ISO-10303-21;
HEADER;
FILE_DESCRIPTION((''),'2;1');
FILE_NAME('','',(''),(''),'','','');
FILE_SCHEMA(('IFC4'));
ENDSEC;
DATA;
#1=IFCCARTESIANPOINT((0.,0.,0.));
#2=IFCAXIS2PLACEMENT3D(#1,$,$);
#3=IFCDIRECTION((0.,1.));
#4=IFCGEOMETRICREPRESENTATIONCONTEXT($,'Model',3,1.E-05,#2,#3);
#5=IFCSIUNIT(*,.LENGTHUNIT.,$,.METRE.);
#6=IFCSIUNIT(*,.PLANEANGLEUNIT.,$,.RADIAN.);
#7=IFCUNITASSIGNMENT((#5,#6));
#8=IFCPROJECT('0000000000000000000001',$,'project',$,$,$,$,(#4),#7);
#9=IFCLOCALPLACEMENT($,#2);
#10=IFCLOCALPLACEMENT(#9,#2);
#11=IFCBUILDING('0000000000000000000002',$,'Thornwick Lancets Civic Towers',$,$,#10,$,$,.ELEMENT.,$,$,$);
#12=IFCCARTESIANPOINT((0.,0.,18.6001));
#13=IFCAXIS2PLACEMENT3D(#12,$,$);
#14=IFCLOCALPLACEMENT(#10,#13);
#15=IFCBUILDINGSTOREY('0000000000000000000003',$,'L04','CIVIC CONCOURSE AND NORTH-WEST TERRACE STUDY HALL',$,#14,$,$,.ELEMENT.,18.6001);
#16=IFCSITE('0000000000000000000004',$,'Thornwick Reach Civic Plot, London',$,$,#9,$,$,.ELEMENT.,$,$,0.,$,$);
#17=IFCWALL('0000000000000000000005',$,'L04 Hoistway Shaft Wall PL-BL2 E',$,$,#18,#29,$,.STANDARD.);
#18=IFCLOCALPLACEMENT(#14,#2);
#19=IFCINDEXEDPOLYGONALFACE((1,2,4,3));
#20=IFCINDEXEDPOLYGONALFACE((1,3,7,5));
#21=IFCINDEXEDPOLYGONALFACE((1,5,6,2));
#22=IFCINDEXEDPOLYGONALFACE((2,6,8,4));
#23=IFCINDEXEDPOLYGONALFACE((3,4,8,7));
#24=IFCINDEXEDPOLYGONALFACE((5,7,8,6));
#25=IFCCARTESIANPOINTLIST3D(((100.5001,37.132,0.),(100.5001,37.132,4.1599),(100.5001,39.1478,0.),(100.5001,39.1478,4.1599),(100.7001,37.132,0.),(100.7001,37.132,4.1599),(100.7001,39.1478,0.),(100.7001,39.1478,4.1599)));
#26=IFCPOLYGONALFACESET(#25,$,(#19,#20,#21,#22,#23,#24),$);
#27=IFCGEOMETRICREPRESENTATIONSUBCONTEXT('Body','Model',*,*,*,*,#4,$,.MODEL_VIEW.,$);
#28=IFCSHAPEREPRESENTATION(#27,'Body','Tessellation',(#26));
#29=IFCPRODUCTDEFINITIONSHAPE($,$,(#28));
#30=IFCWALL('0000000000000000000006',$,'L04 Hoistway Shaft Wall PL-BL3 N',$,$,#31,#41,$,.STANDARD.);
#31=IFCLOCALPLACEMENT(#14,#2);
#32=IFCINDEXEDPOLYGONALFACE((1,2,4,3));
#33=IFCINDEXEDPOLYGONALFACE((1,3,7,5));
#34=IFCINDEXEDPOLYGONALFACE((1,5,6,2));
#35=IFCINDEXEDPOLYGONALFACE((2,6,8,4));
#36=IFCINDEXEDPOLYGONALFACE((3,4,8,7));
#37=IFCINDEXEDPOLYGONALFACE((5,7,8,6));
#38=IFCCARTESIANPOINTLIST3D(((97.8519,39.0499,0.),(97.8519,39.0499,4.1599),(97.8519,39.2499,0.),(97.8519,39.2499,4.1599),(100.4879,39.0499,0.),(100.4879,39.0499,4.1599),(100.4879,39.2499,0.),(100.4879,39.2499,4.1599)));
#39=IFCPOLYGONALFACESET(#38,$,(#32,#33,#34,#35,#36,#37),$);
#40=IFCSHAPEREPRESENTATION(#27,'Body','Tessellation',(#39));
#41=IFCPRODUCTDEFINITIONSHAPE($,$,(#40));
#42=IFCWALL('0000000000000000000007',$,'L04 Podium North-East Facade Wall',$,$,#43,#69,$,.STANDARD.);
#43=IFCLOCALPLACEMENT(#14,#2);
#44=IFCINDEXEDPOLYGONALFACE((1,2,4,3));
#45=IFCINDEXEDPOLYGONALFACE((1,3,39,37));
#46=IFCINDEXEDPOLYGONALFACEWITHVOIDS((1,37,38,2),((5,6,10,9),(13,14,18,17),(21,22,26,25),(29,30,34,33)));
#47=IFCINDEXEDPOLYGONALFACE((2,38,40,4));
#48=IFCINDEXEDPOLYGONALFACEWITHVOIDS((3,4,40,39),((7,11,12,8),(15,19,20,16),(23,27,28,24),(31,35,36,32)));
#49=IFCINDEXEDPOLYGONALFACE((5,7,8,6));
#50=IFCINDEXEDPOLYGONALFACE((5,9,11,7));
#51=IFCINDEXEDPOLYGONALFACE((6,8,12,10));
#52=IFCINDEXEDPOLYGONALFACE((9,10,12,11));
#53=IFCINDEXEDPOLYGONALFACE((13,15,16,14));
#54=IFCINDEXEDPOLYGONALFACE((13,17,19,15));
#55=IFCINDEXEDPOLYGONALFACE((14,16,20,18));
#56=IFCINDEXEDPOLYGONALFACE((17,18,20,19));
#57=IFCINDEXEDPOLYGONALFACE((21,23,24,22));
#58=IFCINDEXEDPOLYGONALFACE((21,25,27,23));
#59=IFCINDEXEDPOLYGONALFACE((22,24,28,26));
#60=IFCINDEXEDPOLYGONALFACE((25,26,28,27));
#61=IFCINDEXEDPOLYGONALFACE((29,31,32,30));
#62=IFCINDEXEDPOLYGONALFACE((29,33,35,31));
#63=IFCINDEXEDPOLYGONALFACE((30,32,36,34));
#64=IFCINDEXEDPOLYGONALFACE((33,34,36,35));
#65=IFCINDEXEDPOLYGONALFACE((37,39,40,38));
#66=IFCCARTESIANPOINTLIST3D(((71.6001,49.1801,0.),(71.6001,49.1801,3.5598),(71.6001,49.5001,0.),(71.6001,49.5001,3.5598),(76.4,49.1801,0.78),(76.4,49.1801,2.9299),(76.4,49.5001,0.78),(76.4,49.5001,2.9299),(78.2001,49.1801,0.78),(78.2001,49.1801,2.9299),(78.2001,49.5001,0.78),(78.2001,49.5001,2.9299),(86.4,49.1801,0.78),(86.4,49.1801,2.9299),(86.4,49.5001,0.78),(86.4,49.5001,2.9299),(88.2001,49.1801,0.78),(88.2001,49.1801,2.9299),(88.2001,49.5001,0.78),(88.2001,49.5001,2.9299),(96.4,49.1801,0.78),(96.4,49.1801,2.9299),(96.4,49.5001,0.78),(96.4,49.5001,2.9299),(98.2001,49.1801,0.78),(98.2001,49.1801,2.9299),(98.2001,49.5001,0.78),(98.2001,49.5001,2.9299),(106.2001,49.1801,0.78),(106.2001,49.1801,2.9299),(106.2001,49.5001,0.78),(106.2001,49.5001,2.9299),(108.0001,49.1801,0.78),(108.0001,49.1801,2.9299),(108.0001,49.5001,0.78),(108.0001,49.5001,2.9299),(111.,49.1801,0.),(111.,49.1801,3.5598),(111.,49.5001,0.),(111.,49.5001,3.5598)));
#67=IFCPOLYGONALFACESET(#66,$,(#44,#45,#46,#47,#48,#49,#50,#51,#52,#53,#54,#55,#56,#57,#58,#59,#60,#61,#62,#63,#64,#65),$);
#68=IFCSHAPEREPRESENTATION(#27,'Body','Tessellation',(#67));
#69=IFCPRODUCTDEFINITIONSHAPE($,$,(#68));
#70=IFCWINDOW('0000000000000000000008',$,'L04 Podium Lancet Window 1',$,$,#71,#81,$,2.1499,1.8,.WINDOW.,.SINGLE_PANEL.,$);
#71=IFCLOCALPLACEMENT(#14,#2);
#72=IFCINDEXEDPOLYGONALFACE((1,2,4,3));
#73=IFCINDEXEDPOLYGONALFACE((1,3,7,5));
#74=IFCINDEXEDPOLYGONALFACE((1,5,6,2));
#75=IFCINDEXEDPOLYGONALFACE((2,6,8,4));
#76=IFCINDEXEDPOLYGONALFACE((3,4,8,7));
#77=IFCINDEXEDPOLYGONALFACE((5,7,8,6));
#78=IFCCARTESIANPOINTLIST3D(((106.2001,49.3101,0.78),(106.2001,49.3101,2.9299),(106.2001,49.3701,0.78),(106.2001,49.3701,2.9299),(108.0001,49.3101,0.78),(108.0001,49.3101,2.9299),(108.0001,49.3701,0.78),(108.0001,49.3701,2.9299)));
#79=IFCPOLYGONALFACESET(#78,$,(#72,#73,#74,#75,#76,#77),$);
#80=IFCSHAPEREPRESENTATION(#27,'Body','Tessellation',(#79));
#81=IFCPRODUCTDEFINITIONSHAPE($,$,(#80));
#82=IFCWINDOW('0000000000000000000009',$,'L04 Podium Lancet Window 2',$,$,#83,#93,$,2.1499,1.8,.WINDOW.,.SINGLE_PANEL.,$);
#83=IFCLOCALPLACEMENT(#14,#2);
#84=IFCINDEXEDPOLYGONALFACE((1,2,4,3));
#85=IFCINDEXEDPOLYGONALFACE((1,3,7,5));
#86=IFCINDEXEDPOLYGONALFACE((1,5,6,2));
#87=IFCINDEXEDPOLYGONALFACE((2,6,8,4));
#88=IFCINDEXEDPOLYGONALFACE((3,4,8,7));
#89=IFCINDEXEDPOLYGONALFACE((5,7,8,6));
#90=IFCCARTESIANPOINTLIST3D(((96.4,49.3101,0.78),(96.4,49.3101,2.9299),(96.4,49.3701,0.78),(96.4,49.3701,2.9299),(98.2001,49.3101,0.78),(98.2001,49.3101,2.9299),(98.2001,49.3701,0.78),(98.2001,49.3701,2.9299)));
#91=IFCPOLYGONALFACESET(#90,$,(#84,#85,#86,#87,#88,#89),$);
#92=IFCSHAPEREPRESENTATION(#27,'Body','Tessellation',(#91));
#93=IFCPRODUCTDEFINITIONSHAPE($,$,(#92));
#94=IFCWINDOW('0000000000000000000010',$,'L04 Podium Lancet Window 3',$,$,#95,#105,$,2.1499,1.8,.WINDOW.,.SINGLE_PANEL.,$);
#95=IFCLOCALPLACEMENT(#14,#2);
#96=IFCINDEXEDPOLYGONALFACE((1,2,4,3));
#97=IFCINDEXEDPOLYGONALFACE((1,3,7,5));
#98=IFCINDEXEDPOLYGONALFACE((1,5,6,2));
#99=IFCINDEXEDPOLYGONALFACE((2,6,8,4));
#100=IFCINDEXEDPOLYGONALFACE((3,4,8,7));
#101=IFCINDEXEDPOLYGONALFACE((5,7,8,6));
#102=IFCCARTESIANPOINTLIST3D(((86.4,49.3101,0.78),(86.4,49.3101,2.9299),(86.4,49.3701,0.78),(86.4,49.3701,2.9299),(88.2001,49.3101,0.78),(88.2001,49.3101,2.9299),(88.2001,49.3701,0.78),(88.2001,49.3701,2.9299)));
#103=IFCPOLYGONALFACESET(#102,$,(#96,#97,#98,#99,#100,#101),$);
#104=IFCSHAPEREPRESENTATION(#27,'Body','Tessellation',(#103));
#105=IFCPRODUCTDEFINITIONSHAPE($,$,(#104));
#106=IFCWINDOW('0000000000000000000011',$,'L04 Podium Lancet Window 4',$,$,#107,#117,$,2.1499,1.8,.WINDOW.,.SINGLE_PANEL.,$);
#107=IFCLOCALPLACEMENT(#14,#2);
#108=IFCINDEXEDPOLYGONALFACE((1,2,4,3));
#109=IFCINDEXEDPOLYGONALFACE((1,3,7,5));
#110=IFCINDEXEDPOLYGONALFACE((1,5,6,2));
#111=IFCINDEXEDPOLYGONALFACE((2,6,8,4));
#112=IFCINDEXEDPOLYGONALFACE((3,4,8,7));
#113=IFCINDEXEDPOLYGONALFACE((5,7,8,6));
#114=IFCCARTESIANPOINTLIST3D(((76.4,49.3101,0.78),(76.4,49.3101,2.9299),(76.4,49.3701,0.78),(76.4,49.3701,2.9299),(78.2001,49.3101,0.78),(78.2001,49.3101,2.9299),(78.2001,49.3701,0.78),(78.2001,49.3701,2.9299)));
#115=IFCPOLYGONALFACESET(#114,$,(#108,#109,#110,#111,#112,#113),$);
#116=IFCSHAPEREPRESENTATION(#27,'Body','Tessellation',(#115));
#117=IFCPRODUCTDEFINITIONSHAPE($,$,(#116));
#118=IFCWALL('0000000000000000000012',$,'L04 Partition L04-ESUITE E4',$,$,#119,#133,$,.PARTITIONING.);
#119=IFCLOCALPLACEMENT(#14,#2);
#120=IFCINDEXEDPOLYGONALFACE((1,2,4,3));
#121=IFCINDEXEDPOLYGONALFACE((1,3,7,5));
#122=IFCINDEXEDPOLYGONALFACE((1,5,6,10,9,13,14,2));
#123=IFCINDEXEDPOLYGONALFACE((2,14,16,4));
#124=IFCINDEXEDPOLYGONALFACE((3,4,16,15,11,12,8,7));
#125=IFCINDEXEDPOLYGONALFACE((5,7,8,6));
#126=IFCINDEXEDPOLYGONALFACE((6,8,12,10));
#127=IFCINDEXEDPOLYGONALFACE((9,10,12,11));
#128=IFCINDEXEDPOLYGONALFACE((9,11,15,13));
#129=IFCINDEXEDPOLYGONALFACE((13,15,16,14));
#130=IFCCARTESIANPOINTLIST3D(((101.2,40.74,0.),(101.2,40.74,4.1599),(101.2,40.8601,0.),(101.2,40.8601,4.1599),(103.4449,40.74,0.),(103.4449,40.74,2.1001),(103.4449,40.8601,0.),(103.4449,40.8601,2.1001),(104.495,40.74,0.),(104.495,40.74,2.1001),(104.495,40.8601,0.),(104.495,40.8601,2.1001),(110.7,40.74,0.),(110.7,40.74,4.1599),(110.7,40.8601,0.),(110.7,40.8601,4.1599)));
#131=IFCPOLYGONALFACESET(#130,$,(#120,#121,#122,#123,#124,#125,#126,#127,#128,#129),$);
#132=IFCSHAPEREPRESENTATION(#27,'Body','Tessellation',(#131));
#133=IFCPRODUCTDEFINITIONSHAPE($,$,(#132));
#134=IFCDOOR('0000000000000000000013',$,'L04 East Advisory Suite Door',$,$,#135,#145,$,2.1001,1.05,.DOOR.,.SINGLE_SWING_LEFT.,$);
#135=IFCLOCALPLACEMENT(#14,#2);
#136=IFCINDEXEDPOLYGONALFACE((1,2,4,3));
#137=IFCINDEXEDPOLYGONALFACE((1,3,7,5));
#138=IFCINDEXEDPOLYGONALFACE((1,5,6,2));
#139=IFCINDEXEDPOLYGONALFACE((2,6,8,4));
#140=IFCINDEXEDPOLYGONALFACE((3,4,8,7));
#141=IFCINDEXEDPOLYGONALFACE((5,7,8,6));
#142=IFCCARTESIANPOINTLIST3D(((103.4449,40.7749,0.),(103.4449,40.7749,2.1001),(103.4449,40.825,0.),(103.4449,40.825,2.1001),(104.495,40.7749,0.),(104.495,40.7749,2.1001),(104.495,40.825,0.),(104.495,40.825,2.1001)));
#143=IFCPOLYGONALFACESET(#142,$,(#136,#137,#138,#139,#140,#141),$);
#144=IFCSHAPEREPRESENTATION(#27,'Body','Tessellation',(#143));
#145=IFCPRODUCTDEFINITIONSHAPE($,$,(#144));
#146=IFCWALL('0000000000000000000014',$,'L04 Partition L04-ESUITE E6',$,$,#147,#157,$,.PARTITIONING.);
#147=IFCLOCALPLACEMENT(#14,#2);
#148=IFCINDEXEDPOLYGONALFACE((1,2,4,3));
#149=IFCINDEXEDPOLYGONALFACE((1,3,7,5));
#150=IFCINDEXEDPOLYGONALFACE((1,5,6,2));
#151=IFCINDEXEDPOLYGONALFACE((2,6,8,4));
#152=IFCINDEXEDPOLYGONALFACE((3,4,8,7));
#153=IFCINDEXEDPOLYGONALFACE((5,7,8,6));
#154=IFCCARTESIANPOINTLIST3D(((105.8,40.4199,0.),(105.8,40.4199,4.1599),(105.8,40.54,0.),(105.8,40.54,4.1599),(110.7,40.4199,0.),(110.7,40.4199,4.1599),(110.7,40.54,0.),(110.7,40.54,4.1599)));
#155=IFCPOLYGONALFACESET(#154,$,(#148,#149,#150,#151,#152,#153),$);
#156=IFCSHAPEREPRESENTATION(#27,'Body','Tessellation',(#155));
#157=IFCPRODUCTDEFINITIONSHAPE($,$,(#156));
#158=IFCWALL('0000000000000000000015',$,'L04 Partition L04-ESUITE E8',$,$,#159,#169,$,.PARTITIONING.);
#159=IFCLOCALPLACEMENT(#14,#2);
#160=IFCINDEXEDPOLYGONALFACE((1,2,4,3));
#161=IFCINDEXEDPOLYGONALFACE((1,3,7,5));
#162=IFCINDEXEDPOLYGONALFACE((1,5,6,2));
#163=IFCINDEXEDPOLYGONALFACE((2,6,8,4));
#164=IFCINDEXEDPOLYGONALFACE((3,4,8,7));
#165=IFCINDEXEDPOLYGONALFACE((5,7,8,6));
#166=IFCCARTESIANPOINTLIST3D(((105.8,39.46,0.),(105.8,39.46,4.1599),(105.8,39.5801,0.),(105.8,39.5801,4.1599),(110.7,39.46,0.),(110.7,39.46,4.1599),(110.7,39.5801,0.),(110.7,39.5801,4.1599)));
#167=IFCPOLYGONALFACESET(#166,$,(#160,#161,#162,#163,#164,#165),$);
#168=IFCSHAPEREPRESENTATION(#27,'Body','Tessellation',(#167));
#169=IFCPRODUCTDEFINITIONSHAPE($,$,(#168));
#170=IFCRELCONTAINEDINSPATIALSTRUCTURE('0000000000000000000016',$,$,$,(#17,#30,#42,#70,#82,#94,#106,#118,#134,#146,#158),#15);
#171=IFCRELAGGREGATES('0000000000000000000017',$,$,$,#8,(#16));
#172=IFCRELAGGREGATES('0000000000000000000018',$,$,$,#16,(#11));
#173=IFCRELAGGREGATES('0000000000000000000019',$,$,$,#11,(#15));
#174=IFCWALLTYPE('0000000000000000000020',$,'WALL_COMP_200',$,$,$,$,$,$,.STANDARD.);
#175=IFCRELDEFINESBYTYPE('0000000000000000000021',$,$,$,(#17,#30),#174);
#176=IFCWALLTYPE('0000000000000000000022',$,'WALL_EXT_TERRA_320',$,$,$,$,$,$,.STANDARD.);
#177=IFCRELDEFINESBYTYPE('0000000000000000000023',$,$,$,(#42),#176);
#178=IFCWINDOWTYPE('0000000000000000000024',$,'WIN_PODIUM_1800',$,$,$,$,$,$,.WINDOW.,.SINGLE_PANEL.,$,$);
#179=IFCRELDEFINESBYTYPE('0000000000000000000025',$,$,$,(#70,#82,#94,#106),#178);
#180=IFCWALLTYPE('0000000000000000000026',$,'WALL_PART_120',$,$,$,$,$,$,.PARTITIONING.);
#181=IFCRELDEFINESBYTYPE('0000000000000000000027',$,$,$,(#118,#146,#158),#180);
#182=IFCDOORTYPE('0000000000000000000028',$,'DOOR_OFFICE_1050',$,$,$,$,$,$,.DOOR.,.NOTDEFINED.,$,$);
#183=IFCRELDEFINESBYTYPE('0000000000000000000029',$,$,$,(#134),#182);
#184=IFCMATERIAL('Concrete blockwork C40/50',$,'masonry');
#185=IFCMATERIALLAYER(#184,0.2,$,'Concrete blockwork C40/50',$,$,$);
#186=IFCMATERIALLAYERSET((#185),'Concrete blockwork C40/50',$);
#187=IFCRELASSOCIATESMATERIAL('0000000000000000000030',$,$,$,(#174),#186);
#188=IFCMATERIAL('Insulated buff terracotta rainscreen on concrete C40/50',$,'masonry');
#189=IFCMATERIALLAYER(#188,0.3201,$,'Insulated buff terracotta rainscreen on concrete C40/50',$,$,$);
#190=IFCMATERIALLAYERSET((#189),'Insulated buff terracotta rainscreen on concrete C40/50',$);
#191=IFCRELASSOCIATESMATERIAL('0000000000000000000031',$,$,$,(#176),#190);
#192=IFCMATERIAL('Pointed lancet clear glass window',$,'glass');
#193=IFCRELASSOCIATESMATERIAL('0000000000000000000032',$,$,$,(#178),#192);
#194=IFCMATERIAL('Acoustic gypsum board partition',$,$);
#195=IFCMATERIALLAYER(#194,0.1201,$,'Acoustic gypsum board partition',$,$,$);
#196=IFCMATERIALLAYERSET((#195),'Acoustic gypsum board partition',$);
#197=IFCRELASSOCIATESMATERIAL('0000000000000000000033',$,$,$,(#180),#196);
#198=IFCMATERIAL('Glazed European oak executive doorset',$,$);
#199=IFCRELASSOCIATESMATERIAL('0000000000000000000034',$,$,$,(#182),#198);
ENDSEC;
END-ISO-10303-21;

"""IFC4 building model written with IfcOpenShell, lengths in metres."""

from ifc_helpers import new_model, si_unit, direction, frame, frame_2d, origin, place, context, subcontext, project, spatial, rectangle, extrude, material, layer, layer_set, type_object, element, fill, save


model = new_model("IFC4")

# Units and contexts
model_context = context("Model", 3, precision=1e-05, world=origin(), true_north=direction((0.0, 1.0)))
body_context = subcontext(model_context, "Body", "Model", "MODEL_VIEW")
ifc_project = project(units=[si_unit("LENGTHUNIT", "METRE"), si_unit("PLANEANGLEUNIT", "RADIAN")], contexts=[model_context])

# Site, building, storey
site_placement = place(None, origin())
site = spatial("IfcSite", under=ifc_project, at=site_placement, Name="Thornwick Reach Civic Plot, London", CompositionType="ELEMENT", RefElevation=0.0)
building_placement = place(site_placement, origin())
building = spatial("IfcBuilding", under=site, at=building_placement, Name="Thornwick Lancets Civic Towers", CompositionType="ELEMENT")
storey_placement = place(building_placement, frame((0.0, 0.0, 18.6001)))
storey = spatial("IfcBuildingStorey", under=building, at=storey_placement, Name="L04", Description="CIVIC CONCOURSE AND NORTH-WEST TERRACE STUDY HALL", CompositionType="ELEMENT", Elevation=18.6001)

# Shared definitions
ifc_material_1 = material(Name="Concrete blockwork C40/50", Category="masonry")
ifc_layer_1 = layer(ifc_material_1, 0.2, Name="Concrete blockwork C40/50")
ifc_layer_set_1 = layer_set([ifc_layer_1], Name="Concrete blockwork C40/50")
wall_type_1 = type_object("IfcWallType", Name="WALL_COMP_200", PredefinedType="STANDARD", material=ifc_layer_set_1)

# Walls
wall_1_placement = place(storey_placement, frame((100.6001, 37.1321, 0.0), z_axis=(0.0, 0.0, 1.0), x_axis=(0.0, 1.0, 0.0)))
element("IfcWall", 1, at=wall_1_placement, inside=storey, type_object=wall_type_1, Name="L04 Hoistway Shaft Wall PL-BL2 E", PredefinedType="STANDARD", context=body_context, shape_type="SweptSolid", body=[
    extrude(rectangle(XDim=2.0159, YDim=0.2, at=frame_2d((1.0078, 0.0))), origin(), (0.0, 0.0, 1.0), 4.1599),
])
wall_2_placement = place(storey_placement, frame((97.8521, 39.1499, 0.0), z_axis=(0.0, 0.0, 1.0), x_axis=(1.0, 0.0, 0.0)))
element("IfcWall", 2, at=wall_2_placement, inside=storey, type_object=wall_type_1, Name="L04 Hoistway Shaft Wall PL-BL3 N", PredefinedType="STANDARD", context=body_context, shape_type="SweptSolid", body=[
    extrude(rectangle(XDim=2.636, YDim=0.2, at=frame_2d((1.3179, 0.0))), origin(), (0.0, 0.0, 1.0), 4.1599),
])

# Wall, openings, windows
ifc_material_2 = material(Name="Insulated buff terracotta rainscreen on concrete C40/50", Category="masonry")
ifc_layer_2 = layer(ifc_material_2, 0.3201, Name="Insulated buff terracotta rainscreen on concrete C40/50")
ifc_layer_set_2 = layer_set([ifc_layer_2], Name="Insulated buff terracotta rainscreen on concrete C40/50")
wall_type_2 = type_object("IfcWallType", Name="WALL_EXT_TERRA_320", PredefinedType="STANDARD", material=ifc_layer_set_2)
wall_3_placement = place(storey_placement, frame((111.0, 49.3401, 0.0), z_axis=(0.0, 0.0, 1.0), x_axis=(-1.0, 0.0, 0.0)))
wall_3 = element("IfcWall", 3, at=wall_3_placement, inside=storey, type_object=wall_type_2, Name="L04 Podium North-East Facade Wall", PredefinedType="STANDARD", context=body_context, shape_type="SweptSolid", body=[
    extrude(rectangle(XDim=39.3999, YDim=0.3201, at=frame_2d((19.7, 0.0))), origin(), (0.0, 0.0, 1.0), 3.5598),
])
opening_1_placement = place(wall_3_placement, frame((3.0, 0.0, 0.78)))
opening_1 = element("IfcOpeningElement", 4, at=opening_1_placement, cuts=wall_3, PredefinedType="OPENING", context=body_context, shape_type="SweptSolid", body=[
    extrude(rectangle(XDim=1.8, YDim=2.1499, at=frame_2d((0.8999, 1.075))), frame((0.0, 0.1699, 0.0), z_axis=(0.0, -1.0, 0.0), x_axis=(1.0, 0.0, 0.0)), (0.0, 0.0, 1.0), 0.3401),
])
opening_2_placement = place(wall_3_placement, frame((12.8, 0.0, 0.78)))
opening_2 = element("IfcOpeningElement", 5, at=opening_2_placement, cuts=wall_3, PredefinedType="OPENING", context=body_context, shape_type="SweptSolid", body=[
    extrude(rectangle(XDim=1.8, YDim=2.1499, at=frame_2d((0.8999, 1.075))), frame((0.0, 0.1699, 0.0), z_axis=(0.0, -1.0, 0.0), x_axis=(1.0, 0.0, 0.0)), (0.0, 0.0, 1.0), 0.3401),
])
opening_3_placement = place(wall_3_placement, frame((22.8, 0.0, 0.78)))
opening_3 = element("IfcOpeningElement", 6, at=opening_3_placement, cuts=wall_3, PredefinedType="OPENING", context=body_context, shape_type="SweptSolid", body=[
    extrude(rectangle(XDim=1.8, YDim=2.1499, at=frame_2d((0.8999, 1.075))), frame((0.0, 0.1699, 0.0), z_axis=(0.0, -1.0, 0.0), x_axis=(1.0, 0.0, 0.0)), (0.0, 0.0, 1.0), 0.3401),
])
opening_4_placement = place(wall_3_placement, frame((32.8, 0.0, 0.78)))
opening_4 = element("IfcOpeningElement", 7, at=opening_4_placement, cuts=wall_3, PredefinedType="OPENING", context=body_context, shape_type="SweptSolid", body=[
    extrude(rectangle(XDim=1.8, YDim=2.1499, at=frame_2d((0.8999, 1.075))), frame((0.0, 0.1699, 0.0), z_axis=(0.0, -1.0, 0.0), x_axis=(1.0, 0.0, 0.0)), (0.0, 0.0, 1.0), 0.3401),
])
ifc_material_3 = material(Name="Pointed lancet clear glass window", Category="glass")
window_type = type_object("IfcWindowType", Name="WIN_PODIUM_1800", PartitioningType="SINGLE_PANEL", PredefinedType="WINDOW", material=ifc_material_3)
window_1_placement = place(opening_1_placement, origin())
window_1 = element("IfcWindow", 8, at=window_1_placement, inside=storey, type_object=window_type, Name="L04 Podium Lancet Window 1", OverallHeight=2.1499, OverallWidth=1.8, PartitioningType="SINGLE_PANEL", PredefinedType="WINDOW", context=body_context, shape_type="SweptSolid", body=[
    extrude(rectangle(XDim=1.8, YDim=2.1499, at=frame_2d((0.8999, 1.075))), frame((0.0, 0.03, 0.0), z_axis=(0.0, -1.0, 0.0), x_axis=(1.0, 0.0, 0.0)), (0.0, 0.0, 1.0), 0.0601),
])
fill(opening_1, window_1)
window_2_placement = place(opening_2_placement, origin())
window_2 = element("IfcWindow", 9, at=window_2_placement, inside=storey, type_object=window_type, Name="L04 Podium Lancet Window 2", OverallHeight=2.1499, OverallWidth=1.8, PartitioningType="SINGLE_PANEL", PredefinedType="WINDOW", context=body_context, shape_type="SweptSolid", body=[
    extrude(rectangle(XDim=1.8, YDim=2.1499, at=frame_2d((0.8999, 1.075))), frame((0.0, 0.03, 0.0), z_axis=(0.0, -1.0, 0.0), x_axis=(1.0, 0.0, 0.0)), (0.0, 0.0, 1.0), 0.0601),
])
fill(opening_2, window_2)
window_3_placement = place(opening_3_placement, origin())
window_3 = element("IfcWindow", 10, at=window_3_placement, inside=storey, type_object=window_type, Name="L04 Podium Lancet Window 3", OverallHeight=2.1499, OverallWidth=1.8, PartitioningType="SINGLE_PANEL", PredefinedType="WINDOW", context=body_context, shape_type="SweptSolid", body=[
    extrude(rectangle(XDim=1.8, YDim=2.1499, at=frame_2d((0.8999, 1.075))), frame((0.0, 0.03, 0.0), z_axis=(0.0, -1.0, 0.0), x_axis=(1.0, 0.0, 0.0)), (0.0, 0.0, 1.0), 0.0601),
])
fill(opening_3, window_3)
window_4_placement = place(opening_4_placement, origin())
window_4 = element("IfcWindow", 11, at=window_4_placement, inside=storey, type_object=window_type, Name="L04 Podium Lancet Window 4", OverallHeight=2.1499, OverallWidth=1.8, PartitioningType="SINGLE_PANEL", PredefinedType="WINDOW", context=body_context, shape_type="SweptSolid", body=[
    extrude(rectangle(XDim=1.8, YDim=2.1499, at=frame_2d((0.8999, 1.075))), frame((0.0, 0.03, 0.0), z_axis=(0.0, -1.0, 0.0), x_axis=(1.0, 0.0, 0.0)), (0.0, 0.0, 1.0), 0.0601),
])
fill(opening_4, window_4)

# Wall, opening, door
ifc_material_4 = material(Name="Acoustic gypsum board partition")
ifc_layer_3 = layer(ifc_material_4, 0.1201, Name="Acoustic gypsum board partition")
ifc_layer_set_3 = layer_set([ifc_layer_3], Name="Acoustic gypsum board partition")
wall_type_3 = type_object("IfcWallType", Name="WALL_PART_120", PredefinedType="PARTITIONING", material=ifc_layer_set_3)
wall_4_placement = place(storey_placement, frame((101.2, 40.8, 0.0), z_axis=(0.0, 0.0, 1.0), x_axis=(1.0, 0.0, 0.0)))
wall_4 = element("IfcWall", 12, at=wall_4_placement, inside=storey, type_object=wall_type_3, Name="L04 Partition L04-ESUITE E4", PredefinedType="PARTITIONING", context=body_context, shape_type="SweptSolid", body=[
    extrude(rectangle(XDim=9.5, YDim=0.1201, at=frame_2d((4.75, 0.0))), origin(), (0.0, 0.0, 1.0), 4.1599),
])
opening_5_placement = place(wall_4_placement, frame((2.2451, 0.0, 0.0)))
opening_5 = element("IfcOpeningElement", 13, at=opening_5_placement, cuts=wall_4, PredefinedType="OPENING", context=body_context, shape_type="SweptSolid", body=[
    extrude(rectangle(XDim=1.05, YDim=2.1001, at=frame_2d((0.5249, 1.05))), frame((0.0, 0.0701, 0.0), z_axis=(0.0, -1.0, 0.0), x_axis=(1.0, 0.0, 0.0)), (0.0, 0.0, 1.0), 0.1401),
])
ifc_material_5 = material(Name="Glazed European oak executive doorset")
door_type_1 = type_object("IfcDoorType", Name="DOOR_OFFICE_1050", OperationType="NOTDEFINED", PredefinedType="DOOR", material=ifc_material_5)
door_1_placement = place(opening_5_placement, origin())
door_1 = element("IfcDoor", 14, at=door_1_placement, inside=storey, type_object=door_type_1, Name="L04 East Advisory Suite Door", OperationType="SINGLE_SWING_LEFT", OverallHeight=2.1001, OverallWidth=1.05, PredefinedType="DOOR", context=body_context, shape_type="SweptSolid", body=[
    extrude(rectangle(XDim=1.05, YDim=2.1001, at=frame_2d((0.5249, 1.05))), frame((0.0, 0.0249, 0.0), z_axis=(0.0, -1.0, 0.0), x_axis=(1.0, 0.0, 0.0)), (0.0, 0.0, 1.0), 0.05),
])
fill(opening_5, door_1)

# Walls
for number, where, z_axis, x_axis, name in (
    (15, (110.7, 40.48, 0.0), (0.0, 0.0, 1.0), (-1.0, 0.0, 0.0), "L04 Partition L04-ESUITE E6"),
    (16, (105.8, 39.52, 0.0), (0.0, 0.0, 1.0), (1.0, 0.0, 0.0), "L04 Partition L04-ESUITE E8"),
):
    element("IfcWall", number, at=place(storey_placement, frame(where, z_axis=z_axis, x_axis=x_axis)), inside=storey, type_object=wall_type_3, Name=name, PredefinedType="PARTITIONING", context=body_context, shape_type="SweptSolid", body=[
        extrude(rectangle(XDim=4.8999, YDim=0.1201, at=frame_2d((2.45, 0.0))), origin(), (0.0, 0.0, 1.0), 4.1599),
    ])

save(model, "model.ifc")
